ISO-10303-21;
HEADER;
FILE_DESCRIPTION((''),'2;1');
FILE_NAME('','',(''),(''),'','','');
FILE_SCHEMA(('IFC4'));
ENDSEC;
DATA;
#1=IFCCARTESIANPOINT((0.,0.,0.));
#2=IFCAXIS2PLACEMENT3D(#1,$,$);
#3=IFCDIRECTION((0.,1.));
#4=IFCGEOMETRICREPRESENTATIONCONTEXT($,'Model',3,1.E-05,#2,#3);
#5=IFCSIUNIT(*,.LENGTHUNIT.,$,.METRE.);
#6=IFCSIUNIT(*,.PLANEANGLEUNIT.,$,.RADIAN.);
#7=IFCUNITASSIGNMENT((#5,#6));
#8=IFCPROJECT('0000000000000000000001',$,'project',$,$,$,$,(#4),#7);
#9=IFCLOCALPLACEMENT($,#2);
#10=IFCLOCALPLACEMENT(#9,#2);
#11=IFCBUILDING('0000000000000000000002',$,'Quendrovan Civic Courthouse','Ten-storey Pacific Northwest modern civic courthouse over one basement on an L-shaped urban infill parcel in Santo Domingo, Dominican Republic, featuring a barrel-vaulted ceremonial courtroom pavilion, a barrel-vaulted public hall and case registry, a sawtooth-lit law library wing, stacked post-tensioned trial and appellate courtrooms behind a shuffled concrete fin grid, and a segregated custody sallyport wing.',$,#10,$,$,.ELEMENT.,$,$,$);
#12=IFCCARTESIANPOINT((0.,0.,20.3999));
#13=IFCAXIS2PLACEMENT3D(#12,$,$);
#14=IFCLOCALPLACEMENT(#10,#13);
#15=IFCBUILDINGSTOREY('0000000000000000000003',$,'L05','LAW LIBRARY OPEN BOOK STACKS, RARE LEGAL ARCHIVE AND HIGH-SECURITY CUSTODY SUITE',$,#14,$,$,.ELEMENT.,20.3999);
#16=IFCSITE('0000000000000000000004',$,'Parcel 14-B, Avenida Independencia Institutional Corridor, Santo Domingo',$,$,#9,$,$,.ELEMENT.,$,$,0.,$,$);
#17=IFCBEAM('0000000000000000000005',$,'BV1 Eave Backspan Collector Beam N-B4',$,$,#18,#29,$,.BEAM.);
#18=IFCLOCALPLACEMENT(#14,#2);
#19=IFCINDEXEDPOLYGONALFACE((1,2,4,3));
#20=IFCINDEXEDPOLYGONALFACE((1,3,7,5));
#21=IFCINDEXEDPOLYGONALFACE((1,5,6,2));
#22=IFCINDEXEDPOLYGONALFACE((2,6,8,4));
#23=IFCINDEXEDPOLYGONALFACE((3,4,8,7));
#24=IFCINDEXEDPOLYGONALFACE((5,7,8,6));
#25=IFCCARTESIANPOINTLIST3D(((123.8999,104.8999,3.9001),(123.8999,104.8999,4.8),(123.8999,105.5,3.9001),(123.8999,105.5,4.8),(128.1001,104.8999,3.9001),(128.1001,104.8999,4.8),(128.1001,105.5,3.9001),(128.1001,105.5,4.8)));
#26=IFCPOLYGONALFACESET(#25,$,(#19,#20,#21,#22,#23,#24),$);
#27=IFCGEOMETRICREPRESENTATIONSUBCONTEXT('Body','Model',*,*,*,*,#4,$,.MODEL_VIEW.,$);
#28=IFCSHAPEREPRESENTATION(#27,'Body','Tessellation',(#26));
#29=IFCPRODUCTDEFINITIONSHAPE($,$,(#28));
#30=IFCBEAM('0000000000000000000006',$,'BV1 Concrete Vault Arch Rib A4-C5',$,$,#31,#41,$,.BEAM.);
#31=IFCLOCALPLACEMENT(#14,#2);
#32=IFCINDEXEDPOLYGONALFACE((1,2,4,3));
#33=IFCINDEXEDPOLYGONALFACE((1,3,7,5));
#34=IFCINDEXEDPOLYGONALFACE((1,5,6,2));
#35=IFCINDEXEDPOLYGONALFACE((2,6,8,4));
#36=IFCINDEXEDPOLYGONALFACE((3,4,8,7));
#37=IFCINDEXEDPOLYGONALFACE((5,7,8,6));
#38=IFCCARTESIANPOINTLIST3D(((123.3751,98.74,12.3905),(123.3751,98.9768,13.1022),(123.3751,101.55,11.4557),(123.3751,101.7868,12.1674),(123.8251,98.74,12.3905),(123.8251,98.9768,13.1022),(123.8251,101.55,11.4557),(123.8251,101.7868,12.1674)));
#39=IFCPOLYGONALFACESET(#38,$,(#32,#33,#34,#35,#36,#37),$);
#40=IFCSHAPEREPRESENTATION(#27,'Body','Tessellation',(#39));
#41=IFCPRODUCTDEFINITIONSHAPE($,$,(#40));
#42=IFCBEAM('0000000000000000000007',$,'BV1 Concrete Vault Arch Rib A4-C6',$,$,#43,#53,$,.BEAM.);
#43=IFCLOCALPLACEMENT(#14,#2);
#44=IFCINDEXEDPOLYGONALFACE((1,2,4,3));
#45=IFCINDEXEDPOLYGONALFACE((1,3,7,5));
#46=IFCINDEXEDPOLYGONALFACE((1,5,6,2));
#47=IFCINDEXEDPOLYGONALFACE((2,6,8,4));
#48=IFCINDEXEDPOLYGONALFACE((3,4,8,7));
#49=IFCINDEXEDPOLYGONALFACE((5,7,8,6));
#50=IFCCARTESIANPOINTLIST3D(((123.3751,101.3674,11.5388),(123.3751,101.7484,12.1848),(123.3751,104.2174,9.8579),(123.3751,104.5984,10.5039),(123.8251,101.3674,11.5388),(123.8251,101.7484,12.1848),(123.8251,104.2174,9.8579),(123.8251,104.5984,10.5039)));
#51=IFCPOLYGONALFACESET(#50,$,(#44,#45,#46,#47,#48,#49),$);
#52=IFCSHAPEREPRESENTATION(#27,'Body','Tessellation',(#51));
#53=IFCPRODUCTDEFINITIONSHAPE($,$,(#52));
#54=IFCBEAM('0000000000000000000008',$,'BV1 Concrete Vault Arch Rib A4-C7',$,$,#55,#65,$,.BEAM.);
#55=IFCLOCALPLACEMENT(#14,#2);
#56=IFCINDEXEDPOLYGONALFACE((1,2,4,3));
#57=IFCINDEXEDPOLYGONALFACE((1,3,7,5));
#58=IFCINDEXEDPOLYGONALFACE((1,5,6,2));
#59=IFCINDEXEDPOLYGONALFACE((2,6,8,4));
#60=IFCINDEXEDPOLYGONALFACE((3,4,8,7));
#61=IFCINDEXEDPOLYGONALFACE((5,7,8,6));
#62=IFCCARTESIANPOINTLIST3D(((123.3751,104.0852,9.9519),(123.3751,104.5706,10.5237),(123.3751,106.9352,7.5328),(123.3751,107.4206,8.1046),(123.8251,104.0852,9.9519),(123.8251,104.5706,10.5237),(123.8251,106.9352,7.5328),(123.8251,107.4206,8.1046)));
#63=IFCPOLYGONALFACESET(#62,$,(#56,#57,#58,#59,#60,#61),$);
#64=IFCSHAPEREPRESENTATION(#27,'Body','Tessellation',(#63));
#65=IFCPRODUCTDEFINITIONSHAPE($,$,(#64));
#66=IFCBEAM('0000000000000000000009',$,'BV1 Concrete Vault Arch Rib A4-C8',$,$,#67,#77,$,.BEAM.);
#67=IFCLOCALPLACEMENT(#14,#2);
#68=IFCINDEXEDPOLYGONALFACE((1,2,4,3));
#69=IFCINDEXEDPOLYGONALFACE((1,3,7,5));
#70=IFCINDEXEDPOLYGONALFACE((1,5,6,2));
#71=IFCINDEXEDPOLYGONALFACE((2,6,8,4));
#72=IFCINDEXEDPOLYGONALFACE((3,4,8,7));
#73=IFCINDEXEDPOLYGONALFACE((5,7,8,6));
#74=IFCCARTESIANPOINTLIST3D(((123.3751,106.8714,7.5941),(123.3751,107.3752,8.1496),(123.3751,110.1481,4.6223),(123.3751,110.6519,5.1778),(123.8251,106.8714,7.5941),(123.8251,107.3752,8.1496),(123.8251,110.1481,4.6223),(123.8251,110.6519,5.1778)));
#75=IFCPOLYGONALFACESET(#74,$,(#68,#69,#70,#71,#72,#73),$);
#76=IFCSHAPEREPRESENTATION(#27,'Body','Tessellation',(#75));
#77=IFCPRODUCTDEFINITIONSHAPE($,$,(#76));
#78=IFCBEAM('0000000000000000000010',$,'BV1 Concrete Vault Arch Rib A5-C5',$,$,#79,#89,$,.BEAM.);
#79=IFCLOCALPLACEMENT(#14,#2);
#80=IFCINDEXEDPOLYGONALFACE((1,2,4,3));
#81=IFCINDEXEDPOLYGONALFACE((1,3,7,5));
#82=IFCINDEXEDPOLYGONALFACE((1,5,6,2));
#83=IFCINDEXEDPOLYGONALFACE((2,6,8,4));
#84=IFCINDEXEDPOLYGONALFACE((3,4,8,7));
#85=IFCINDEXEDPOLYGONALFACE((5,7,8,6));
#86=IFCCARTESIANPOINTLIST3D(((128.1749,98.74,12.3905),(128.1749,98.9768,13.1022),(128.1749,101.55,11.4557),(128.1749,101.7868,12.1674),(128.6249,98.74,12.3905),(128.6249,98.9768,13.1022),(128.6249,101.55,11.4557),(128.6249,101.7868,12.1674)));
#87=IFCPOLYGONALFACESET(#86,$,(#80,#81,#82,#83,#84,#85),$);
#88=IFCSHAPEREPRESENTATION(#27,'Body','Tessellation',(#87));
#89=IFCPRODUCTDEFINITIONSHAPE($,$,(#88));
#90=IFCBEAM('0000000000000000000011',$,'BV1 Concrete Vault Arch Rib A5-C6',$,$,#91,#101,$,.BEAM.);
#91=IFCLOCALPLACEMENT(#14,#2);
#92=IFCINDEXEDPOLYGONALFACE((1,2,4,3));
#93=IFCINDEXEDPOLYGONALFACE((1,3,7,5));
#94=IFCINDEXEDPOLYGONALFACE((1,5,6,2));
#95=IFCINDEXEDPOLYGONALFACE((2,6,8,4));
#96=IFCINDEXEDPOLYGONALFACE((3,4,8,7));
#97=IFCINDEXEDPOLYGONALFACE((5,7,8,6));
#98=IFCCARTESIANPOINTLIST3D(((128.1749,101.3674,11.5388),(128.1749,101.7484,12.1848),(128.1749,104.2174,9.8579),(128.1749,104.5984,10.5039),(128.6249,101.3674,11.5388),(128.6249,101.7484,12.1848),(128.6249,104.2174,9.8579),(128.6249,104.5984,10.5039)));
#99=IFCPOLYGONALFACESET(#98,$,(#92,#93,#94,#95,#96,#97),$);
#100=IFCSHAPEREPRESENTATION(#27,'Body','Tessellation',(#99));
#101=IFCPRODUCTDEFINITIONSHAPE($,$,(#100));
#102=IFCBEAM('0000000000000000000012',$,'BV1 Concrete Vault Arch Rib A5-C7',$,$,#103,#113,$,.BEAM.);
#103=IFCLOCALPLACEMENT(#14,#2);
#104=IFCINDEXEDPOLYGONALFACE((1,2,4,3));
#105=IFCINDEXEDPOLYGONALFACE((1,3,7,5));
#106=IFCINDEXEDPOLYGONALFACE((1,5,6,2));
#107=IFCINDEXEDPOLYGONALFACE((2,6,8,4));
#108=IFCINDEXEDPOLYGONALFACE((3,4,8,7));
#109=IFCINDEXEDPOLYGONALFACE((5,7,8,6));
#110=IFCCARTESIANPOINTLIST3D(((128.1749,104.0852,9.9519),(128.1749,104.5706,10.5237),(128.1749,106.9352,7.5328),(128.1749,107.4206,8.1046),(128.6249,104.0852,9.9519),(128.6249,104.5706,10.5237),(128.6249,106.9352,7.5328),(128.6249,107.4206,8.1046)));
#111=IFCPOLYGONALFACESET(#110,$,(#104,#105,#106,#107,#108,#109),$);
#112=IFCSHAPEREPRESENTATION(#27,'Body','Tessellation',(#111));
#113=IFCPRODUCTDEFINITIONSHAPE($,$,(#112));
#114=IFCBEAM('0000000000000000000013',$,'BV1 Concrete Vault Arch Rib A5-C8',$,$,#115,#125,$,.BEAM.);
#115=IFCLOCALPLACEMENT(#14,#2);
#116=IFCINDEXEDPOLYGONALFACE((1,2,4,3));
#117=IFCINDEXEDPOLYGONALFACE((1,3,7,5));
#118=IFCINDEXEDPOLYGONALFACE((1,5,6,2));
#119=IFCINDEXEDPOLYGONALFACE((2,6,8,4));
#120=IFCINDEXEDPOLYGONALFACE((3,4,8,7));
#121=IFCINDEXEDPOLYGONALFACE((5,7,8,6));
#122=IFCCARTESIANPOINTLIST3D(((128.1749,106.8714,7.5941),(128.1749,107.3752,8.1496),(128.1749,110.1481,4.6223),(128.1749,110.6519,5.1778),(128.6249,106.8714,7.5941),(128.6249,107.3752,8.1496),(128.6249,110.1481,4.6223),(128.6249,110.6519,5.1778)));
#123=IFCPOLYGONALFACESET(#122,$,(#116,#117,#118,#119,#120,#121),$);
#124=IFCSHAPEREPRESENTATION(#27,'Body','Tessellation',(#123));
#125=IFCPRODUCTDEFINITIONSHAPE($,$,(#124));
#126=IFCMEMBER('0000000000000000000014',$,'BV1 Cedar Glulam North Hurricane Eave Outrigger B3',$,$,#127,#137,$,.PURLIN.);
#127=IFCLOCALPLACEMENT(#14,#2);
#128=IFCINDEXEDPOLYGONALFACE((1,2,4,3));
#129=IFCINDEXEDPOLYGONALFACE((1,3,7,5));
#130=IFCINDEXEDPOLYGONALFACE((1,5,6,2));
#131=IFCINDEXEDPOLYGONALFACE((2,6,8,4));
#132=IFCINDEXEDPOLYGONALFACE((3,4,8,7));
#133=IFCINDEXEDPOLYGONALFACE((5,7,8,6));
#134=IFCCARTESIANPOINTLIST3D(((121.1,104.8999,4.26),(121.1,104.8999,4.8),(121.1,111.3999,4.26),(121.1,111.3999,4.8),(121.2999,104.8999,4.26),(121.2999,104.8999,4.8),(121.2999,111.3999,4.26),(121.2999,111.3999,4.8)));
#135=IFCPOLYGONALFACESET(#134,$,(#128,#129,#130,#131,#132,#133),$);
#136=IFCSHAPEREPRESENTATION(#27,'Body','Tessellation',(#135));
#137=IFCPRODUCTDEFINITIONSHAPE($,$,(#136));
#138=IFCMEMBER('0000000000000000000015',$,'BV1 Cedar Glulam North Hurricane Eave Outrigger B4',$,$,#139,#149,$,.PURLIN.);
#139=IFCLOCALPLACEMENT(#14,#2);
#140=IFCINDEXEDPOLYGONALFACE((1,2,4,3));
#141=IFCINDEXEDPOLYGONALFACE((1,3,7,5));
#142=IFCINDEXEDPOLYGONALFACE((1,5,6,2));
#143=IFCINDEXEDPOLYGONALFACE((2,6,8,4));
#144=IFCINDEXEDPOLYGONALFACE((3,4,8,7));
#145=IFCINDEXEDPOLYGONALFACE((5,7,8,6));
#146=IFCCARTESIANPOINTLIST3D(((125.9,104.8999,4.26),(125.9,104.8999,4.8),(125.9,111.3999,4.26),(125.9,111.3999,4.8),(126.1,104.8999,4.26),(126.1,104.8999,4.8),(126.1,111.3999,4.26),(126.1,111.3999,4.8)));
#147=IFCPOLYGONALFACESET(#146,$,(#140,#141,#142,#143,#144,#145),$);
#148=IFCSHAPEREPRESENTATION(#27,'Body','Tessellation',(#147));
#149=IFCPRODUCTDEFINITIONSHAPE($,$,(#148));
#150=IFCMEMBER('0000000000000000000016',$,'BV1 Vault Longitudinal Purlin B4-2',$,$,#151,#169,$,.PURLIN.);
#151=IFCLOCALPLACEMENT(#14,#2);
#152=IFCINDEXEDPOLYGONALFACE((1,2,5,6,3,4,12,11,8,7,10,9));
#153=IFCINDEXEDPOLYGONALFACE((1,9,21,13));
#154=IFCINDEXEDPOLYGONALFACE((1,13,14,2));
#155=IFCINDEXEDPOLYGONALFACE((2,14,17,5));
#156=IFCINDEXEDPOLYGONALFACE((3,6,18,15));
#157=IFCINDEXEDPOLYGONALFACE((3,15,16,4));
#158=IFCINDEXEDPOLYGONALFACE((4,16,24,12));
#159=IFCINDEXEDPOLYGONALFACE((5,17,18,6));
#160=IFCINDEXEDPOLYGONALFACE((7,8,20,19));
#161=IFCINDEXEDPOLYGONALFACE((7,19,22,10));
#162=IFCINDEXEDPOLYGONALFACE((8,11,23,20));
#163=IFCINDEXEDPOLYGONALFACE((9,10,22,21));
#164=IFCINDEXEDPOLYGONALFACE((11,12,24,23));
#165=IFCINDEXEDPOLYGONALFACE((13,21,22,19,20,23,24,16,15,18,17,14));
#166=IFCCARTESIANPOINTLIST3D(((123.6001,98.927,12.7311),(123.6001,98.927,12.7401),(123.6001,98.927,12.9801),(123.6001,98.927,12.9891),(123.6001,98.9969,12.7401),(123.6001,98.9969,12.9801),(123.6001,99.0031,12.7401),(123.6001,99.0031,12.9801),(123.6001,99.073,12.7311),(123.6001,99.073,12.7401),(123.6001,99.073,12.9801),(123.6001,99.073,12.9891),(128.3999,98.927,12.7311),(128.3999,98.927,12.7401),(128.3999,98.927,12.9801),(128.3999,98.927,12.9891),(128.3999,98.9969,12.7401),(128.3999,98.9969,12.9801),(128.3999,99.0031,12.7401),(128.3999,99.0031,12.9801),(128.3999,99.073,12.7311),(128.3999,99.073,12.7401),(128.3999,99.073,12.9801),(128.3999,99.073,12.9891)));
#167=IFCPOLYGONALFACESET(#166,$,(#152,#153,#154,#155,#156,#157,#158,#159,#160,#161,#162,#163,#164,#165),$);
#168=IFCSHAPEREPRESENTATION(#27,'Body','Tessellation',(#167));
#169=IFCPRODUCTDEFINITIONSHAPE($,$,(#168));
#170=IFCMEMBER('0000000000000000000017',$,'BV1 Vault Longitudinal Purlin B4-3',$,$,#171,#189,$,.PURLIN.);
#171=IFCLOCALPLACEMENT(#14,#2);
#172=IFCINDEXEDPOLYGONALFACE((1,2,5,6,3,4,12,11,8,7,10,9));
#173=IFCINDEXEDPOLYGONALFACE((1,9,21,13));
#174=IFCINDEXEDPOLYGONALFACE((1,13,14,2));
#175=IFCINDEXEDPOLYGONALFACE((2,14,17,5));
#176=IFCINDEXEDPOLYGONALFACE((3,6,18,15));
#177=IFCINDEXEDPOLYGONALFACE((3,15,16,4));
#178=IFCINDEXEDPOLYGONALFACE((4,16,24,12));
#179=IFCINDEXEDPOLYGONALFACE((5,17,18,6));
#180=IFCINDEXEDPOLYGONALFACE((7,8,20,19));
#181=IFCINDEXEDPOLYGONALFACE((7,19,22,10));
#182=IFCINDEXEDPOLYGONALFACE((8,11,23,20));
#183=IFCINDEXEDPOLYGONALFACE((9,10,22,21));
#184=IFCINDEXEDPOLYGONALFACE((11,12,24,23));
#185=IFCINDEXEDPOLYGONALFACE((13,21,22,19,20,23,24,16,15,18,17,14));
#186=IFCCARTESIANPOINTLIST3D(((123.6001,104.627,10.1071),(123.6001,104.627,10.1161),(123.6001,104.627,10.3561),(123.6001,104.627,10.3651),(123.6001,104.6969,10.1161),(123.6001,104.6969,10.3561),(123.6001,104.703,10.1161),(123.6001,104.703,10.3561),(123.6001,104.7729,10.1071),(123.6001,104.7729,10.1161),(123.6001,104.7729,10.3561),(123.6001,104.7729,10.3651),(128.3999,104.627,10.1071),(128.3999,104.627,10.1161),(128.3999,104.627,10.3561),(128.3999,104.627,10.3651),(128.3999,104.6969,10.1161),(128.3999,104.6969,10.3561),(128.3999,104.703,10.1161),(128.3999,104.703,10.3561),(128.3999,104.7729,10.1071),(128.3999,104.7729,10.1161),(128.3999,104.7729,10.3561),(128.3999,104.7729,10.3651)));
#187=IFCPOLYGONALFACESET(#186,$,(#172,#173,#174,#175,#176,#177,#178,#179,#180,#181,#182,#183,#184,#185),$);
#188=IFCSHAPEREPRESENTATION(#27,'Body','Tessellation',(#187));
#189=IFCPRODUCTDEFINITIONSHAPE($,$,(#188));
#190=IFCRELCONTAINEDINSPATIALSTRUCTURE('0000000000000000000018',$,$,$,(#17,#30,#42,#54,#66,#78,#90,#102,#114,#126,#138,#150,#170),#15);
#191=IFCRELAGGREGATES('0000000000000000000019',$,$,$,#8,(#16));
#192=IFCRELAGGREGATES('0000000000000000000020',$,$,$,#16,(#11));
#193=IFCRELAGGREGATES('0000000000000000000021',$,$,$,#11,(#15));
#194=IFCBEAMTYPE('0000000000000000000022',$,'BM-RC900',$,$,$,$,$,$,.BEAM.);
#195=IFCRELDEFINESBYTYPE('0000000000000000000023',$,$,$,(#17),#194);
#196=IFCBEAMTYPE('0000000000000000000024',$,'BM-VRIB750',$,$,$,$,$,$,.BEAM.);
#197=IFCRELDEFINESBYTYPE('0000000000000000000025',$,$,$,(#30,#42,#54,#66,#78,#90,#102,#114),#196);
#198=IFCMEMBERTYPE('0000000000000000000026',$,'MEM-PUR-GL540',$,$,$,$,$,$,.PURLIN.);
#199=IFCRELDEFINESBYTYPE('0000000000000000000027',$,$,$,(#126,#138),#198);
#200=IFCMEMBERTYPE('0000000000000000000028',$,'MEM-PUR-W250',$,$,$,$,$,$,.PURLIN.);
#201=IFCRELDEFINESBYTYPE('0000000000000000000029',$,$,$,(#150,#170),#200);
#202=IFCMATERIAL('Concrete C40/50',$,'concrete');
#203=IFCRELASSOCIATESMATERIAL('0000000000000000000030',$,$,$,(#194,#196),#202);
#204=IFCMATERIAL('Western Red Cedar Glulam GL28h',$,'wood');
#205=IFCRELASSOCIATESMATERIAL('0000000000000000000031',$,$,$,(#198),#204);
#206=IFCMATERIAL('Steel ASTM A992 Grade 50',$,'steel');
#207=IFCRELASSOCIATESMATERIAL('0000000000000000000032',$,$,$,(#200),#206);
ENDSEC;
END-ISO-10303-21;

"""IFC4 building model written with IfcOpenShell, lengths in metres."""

from ifc_helpers import new_model, si_unit, direction, frame, origin, origin_2d, place, context, subcontext, project, spatial, rectangle, i_section, extrude, material, material_profile, profile_set, type_object, element, save


model = new_model("IFC4")

# Units and contexts
model_context = context("Model", 3, precision=1e-05, world=origin(), true_north=direction((0.0, 1.0)))
body_context = subcontext(model_context, "Body", "Model", "MODEL_VIEW")
ifc_project = project(units=[si_unit("LENGTHUNIT", "METRE"), si_unit("PLANEANGLEUNIT", "RADIAN")], contexts=[model_context])

# Site, building, storey
site_placement = place(None, origin())
site = spatial("IfcSite", under=ifc_project, at=site_placement, Name="Parcel 14-B, Avenida Independencia Institutional Corridor, Santo Domingo", CompositionType="ELEMENT", RefElevation=0.0)
building_placement = place(site_placement, origin())
building = spatial("IfcBuilding", under=site, at=building_placement, Name="Quendrovan Civic Courthouse", Description="Ten-storey Pacific Northwest modern civic courthouse over one basement on an L-shaped urban infill parcel in Santo Domingo, Dominican Republic, featuring a barrel-vaulted ceremonial courtroom pavilion, a barrel-vaulted public hall and case registry, a sawtooth-lit law library wing, stacked post-tensioned trial and appellate courtrooms behind a shuffled concrete fin grid, and a segregated custody sallyport wing.", CompositionType="ELEMENT")
storey_placement = place(building_placement, frame((0.0, 0.0, 20.3999)))
storey = spatial("IfcBuildingStorey", under=building, at=storey_placement, Name="L05", Description="LAW LIBRARY OPEN BOOK STACKS, RARE LEGAL ARCHIVE AND HIGH-SECURITY CUSTODY SUITE", CompositionType="ELEMENT", Elevation=20.3999)

# Beams
ifc_material_1 = material(Name="Concrete C40/50", Category="concrete")
ifc_material_profile_1 = material_profile(ifc_material_1, rectangle(XDim=0.6001, YDim=0.8999, at=origin_2d()), Name="RC-BM-600x900")
ifc_profile_set_1 = profile_set([ifc_material_profile_1], Name="Concrete C40/50")
beam_type_1 = type_object("IfcBeamType", Name="BM-RC900", PredefinedType="BEAM", material=ifc_profile_set_1)
beam_1_placement = place(storey_placement, frame((123.8999, 105.2, 4.3501), z_axis=(1.0, 0.0, 0.0), x_axis=(0.0, 1.0, 0.0)))
element("IfcBeam", 1, at=beam_1_placement, inside=storey, type_object=beam_type_1, Name="BV1 Eave Backspan Collector Beam N-B4", PredefinedType="BEAM", context=body_context, shape_type="SweptSolid", body=[
    extrude(rectangle(XDim=0.6001, YDim=0.8999, at=origin_2d()), origin(), (0.0, 0.0, 1.0), 4.2002),
])
ifc_material_profile_2 = material_profile(ifc_material_1, rectangle(XDim=0.45, YDim=0.75, at=origin_2d()), Name="RC-VRIB-450x750")
ifc_profile_set_2 = profile_set([ifc_material_profile_2], Name="Concrete C40/50")
beam_type_2 = type_object("IfcBeamType", Name="BM-VRIB750", PredefinedType="BEAM", material=ifc_profile_set_2)
beam_2_placement = place(storey_placement, frame((123.6001, 98.8584, 12.7463), z_axis=(0.0, 0.948873, -0.315659), x_axis=(-1.0, 0.0, 0.0)))
element("IfcBeam", 2, at=beam_2_placement, inside=storey, type_object=beam_type_2, Name="BV1 Concrete Vault Arch Rib A4-C5", PredefinedType="BEAM", context=body_context, shape_type="SweptSolid", body=[
    extrude(rectangle(XDim=0.45, YDim=0.75, at=origin_2d()), origin(), (0.0, 0.0, 1.0), 2.9614),
])
beam_3_placement = place(storey_placement, frame((123.6001, 101.5579, 11.8618), z_axis=(0.0, 0.861355, -0.508003), x_axis=(-1.0, 0.0, 0.0)))
element("IfcBeam", 3, at=beam_3_placement, inside=storey, type_object=beam_type_2, Name="BV1 Concrete Vault Arch Rib A4-C6", PredefinedType="BEAM", context=body_context, shape_type="SweptSolid", body=[
    extrude(rectangle(XDim=0.45, YDim=0.75, at=origin_2d()), origin(), (0.0, 0.0, 1.0), 3.3088),
])
beam_4_placement = place(storey_placement, frame((123.6001, 104.3279, 10.2378), z_axis=(0.0, 0.762387, -0.647121), x_axis=(-1.0, 0.0, 0.0)))
element("IfcBeam", 4, at=beam_4_placement, inside=storey, type_object=beam_type_2, Name="BV1 Concrete Vault Arch Rib A4-C7", PredefinedType="BEAM", context=body_context, shape_type="SweptSolid", body=[
    extrude(rectangle(XDim=0.45, YDim=0.75, at=origin_2d()), origin(), (0.0, 0.0, 1.0), 3.7383),
])
beam_5_placement = place(storey_placement, frame((123.6001, 107.1233, 7.8718), z_axis=(0.0, 0.740734, -0.671799), x_axis=(-1.0, 0.0, 0.0)))
element("IfcBeam", 5, at=beam_5_placement, inside=storey, type_object=beam_type_2, Name="BV1 Concrete Vault Arch Rib A4-C8", PredefinedType="BEAM", context=body_context, shape_type="SweptSolid", body=[
    extrude(rectangle(XDim=0.45, YDim=0.75, at=origin_2d()), origin(), (0.0, 0.0, 1.0), 4.4236),
])
beam_6_placement = place(storey_placement, frame((128.3999, 98.8584, 12.7463), z_axis=(0.0, 0.948873, -0.315659), x_axis=(-1.0, 0.0, 0.0)))
element("IfcBeam", 6, at=beam_6_placement, inside=storey, type_object=beam_type_2, Name="BV1 Concrete Vault Arch Rib A5-C5", PredefinedType="BEAM", context=body_context, shape_type="SweptSolid", body=[
    extrude(rectangle(XDim=0.45, YDim=0.75, at=origin_2d()), origin(), (0.0, 0.0, 1.0), 2.9614),
])
beam_7_placement = place(storey_placement, frame((128.3999, 101.5579, 11.8618), z_axis=(0.0, 0.861355, -0.508003), x_axis=(-1.0, 0.0, 0.0)))
element("IfcBeam", 7, at=beam_7_placement, inside=storey, type_object=beam_type_2, Name="BV1 Concrete Vault Arch Rib A5-C6", PredefinedType="BEAM", context=body_context, shape_type="SweptSolid", body=[
    extrude(rectangle(XDim=0.45, YDim=0.75, at=origin_2d()), origin(), (0.0, 0.0, 1.0), 3.3088),
])
beam_8_placement = place(storey_placement, frame((128.3999, 104.3279, 10.2378), z_axis=(0.0, 0.762387, -0.647121), x_axis=(-1.0, 0.0, 0.0)))
element("IfcBeam", 8, at=beam_8_placement, inside=storey, type_object=beam_type_2, Name="BV1 Concrete Vault Arch Rib A5-C7", PredefinedType="BEAM", context=body_context, shape_type="SweptSolid", body=[
    extrude(rectangle(XDim=0.45, YDim=0.75, at=origin_2d()), origin(), (0.0, 0.0, 1.0), 3.7383),
])
beam_9_placement = place(storey_placement, frame((128.3999, 107.1233, 7.8718), z_axis=(0.0, 0.740734, -0.671799), x_axis=(-1.0, 0.0, 0.0)))
element("IfcBeam", 9, at=beam_9_placement, inside=storey, type_object=beam_type_2, Name="BV1 Concrete Vault Arch Rib A5-C8", PredefinedType="BEAM", context=body_context, shape_type="SweptSolid", body=[
    extrude(rectangle(XDim=0.45, YDim=0.75, at=origin_2d()), origin(), (0.0, 0.0, 1.0), 4.4236),
])

# Members
ifc_material_2 = material(Name="Western Red Cedar Glulam GL28h", Category="wood")
ifc_material_profile_3 = material_profile(ifc_material_2, rectangle(XDim=0.2, YDim=0.54, at=origin_2d()), Name="GL28H-200x540")
ifc_profile_set_3 = profile_set([ifc_material_profile_3], Name="Western Red Cedar Glulam GL28h")
member_type_1 = type_object("IfcMemberType", Name="MEM-PUR-GL540", PredefinedType="PURLIN", material=ifc_profile_set_3)
for number, where, z_axis, x_axis, name in (
    (10, (121.2, 104.8999, 4.53), (0.0, 1.0, 0.0), (-1.0, 0.0, 0.0), "BV1 Cedar Glulam North Hurricane Eave Outrigger B3"),
    (11, (126.0, 104.8999, 4.53), (0.0, 1.0, 0.0), (-1.0, 0.0, 0.0), "BV1 Cedar Glulam North Hurricane Eave Outrigger B4"),
):
    element("IfcMember", number, at=place(storey_placement, frame(where, z_axis=z_axis, x_axis=x_axis)), inside=storey, type_object=member_type_1, Name=name, PredefinedType="PURLIN", context=body_context, shape_type="SweptSolid", body=[
        extrude(rectangle(XDim=0.2, YDim=0.54, at=origin_2d()), origin(), (0.0, 0.0, 1.0), 6.5),
    ])
ifc_material_3 = material(Name="Steel ASTM A992 Grade 50", Category="steel")
ifc_material_profile_4 = material_profile(ifc_material_3, i_section(OverallWidth=0.146, OverallDepth=0.2581, WebThickness=0.0061, FlangeThickness=0.009, at=origin_2d()), Name="W250x33")
ifc_profile_set_4 = profile_set([ifc_material_profile_4], Name="Steel ASTM A992 Grade 50")
member_type_2 = type_object("IfcMemberType", Name="MEM-PUR-W250", PredefinedType="PURLIN", material=ifc_profile_set_4)
for number, where, z_axis, x_axis, name in (
    (12, (123.6001, 99.0, 12.8601), (1.0, 0.0, 0.0), (0.0, 1.0, 0.0), "BV1 Vault Longitudinal Purlin B4-2"),
    (13, (123.6001, 104.7, 10.2361), (1.0, 0.0, 0.0), (0.0, 1.0, 0.0), "BV1 Vault Longitudinal Purlin B4-3"),
):
    element("IfcMember", number, at=place(storey_placement, frame(where, z_axis=z_axis, x_axis=x_axis)), inside=storey, type_object=member_type_2, Name=name, PredefinedType="PURLIN", context=body_context, shape_type="SweptSolid", body=[
        extrude(i_section(OverallWidth=0.146, OverallDepth=0.2581, WebThickness=0.0061, FlangeThickness=0.009, at=origin_2d()), origin(), (0.0, 0.0, 1.0), 4.7998),
    ])

save(model, "model.ifc")
